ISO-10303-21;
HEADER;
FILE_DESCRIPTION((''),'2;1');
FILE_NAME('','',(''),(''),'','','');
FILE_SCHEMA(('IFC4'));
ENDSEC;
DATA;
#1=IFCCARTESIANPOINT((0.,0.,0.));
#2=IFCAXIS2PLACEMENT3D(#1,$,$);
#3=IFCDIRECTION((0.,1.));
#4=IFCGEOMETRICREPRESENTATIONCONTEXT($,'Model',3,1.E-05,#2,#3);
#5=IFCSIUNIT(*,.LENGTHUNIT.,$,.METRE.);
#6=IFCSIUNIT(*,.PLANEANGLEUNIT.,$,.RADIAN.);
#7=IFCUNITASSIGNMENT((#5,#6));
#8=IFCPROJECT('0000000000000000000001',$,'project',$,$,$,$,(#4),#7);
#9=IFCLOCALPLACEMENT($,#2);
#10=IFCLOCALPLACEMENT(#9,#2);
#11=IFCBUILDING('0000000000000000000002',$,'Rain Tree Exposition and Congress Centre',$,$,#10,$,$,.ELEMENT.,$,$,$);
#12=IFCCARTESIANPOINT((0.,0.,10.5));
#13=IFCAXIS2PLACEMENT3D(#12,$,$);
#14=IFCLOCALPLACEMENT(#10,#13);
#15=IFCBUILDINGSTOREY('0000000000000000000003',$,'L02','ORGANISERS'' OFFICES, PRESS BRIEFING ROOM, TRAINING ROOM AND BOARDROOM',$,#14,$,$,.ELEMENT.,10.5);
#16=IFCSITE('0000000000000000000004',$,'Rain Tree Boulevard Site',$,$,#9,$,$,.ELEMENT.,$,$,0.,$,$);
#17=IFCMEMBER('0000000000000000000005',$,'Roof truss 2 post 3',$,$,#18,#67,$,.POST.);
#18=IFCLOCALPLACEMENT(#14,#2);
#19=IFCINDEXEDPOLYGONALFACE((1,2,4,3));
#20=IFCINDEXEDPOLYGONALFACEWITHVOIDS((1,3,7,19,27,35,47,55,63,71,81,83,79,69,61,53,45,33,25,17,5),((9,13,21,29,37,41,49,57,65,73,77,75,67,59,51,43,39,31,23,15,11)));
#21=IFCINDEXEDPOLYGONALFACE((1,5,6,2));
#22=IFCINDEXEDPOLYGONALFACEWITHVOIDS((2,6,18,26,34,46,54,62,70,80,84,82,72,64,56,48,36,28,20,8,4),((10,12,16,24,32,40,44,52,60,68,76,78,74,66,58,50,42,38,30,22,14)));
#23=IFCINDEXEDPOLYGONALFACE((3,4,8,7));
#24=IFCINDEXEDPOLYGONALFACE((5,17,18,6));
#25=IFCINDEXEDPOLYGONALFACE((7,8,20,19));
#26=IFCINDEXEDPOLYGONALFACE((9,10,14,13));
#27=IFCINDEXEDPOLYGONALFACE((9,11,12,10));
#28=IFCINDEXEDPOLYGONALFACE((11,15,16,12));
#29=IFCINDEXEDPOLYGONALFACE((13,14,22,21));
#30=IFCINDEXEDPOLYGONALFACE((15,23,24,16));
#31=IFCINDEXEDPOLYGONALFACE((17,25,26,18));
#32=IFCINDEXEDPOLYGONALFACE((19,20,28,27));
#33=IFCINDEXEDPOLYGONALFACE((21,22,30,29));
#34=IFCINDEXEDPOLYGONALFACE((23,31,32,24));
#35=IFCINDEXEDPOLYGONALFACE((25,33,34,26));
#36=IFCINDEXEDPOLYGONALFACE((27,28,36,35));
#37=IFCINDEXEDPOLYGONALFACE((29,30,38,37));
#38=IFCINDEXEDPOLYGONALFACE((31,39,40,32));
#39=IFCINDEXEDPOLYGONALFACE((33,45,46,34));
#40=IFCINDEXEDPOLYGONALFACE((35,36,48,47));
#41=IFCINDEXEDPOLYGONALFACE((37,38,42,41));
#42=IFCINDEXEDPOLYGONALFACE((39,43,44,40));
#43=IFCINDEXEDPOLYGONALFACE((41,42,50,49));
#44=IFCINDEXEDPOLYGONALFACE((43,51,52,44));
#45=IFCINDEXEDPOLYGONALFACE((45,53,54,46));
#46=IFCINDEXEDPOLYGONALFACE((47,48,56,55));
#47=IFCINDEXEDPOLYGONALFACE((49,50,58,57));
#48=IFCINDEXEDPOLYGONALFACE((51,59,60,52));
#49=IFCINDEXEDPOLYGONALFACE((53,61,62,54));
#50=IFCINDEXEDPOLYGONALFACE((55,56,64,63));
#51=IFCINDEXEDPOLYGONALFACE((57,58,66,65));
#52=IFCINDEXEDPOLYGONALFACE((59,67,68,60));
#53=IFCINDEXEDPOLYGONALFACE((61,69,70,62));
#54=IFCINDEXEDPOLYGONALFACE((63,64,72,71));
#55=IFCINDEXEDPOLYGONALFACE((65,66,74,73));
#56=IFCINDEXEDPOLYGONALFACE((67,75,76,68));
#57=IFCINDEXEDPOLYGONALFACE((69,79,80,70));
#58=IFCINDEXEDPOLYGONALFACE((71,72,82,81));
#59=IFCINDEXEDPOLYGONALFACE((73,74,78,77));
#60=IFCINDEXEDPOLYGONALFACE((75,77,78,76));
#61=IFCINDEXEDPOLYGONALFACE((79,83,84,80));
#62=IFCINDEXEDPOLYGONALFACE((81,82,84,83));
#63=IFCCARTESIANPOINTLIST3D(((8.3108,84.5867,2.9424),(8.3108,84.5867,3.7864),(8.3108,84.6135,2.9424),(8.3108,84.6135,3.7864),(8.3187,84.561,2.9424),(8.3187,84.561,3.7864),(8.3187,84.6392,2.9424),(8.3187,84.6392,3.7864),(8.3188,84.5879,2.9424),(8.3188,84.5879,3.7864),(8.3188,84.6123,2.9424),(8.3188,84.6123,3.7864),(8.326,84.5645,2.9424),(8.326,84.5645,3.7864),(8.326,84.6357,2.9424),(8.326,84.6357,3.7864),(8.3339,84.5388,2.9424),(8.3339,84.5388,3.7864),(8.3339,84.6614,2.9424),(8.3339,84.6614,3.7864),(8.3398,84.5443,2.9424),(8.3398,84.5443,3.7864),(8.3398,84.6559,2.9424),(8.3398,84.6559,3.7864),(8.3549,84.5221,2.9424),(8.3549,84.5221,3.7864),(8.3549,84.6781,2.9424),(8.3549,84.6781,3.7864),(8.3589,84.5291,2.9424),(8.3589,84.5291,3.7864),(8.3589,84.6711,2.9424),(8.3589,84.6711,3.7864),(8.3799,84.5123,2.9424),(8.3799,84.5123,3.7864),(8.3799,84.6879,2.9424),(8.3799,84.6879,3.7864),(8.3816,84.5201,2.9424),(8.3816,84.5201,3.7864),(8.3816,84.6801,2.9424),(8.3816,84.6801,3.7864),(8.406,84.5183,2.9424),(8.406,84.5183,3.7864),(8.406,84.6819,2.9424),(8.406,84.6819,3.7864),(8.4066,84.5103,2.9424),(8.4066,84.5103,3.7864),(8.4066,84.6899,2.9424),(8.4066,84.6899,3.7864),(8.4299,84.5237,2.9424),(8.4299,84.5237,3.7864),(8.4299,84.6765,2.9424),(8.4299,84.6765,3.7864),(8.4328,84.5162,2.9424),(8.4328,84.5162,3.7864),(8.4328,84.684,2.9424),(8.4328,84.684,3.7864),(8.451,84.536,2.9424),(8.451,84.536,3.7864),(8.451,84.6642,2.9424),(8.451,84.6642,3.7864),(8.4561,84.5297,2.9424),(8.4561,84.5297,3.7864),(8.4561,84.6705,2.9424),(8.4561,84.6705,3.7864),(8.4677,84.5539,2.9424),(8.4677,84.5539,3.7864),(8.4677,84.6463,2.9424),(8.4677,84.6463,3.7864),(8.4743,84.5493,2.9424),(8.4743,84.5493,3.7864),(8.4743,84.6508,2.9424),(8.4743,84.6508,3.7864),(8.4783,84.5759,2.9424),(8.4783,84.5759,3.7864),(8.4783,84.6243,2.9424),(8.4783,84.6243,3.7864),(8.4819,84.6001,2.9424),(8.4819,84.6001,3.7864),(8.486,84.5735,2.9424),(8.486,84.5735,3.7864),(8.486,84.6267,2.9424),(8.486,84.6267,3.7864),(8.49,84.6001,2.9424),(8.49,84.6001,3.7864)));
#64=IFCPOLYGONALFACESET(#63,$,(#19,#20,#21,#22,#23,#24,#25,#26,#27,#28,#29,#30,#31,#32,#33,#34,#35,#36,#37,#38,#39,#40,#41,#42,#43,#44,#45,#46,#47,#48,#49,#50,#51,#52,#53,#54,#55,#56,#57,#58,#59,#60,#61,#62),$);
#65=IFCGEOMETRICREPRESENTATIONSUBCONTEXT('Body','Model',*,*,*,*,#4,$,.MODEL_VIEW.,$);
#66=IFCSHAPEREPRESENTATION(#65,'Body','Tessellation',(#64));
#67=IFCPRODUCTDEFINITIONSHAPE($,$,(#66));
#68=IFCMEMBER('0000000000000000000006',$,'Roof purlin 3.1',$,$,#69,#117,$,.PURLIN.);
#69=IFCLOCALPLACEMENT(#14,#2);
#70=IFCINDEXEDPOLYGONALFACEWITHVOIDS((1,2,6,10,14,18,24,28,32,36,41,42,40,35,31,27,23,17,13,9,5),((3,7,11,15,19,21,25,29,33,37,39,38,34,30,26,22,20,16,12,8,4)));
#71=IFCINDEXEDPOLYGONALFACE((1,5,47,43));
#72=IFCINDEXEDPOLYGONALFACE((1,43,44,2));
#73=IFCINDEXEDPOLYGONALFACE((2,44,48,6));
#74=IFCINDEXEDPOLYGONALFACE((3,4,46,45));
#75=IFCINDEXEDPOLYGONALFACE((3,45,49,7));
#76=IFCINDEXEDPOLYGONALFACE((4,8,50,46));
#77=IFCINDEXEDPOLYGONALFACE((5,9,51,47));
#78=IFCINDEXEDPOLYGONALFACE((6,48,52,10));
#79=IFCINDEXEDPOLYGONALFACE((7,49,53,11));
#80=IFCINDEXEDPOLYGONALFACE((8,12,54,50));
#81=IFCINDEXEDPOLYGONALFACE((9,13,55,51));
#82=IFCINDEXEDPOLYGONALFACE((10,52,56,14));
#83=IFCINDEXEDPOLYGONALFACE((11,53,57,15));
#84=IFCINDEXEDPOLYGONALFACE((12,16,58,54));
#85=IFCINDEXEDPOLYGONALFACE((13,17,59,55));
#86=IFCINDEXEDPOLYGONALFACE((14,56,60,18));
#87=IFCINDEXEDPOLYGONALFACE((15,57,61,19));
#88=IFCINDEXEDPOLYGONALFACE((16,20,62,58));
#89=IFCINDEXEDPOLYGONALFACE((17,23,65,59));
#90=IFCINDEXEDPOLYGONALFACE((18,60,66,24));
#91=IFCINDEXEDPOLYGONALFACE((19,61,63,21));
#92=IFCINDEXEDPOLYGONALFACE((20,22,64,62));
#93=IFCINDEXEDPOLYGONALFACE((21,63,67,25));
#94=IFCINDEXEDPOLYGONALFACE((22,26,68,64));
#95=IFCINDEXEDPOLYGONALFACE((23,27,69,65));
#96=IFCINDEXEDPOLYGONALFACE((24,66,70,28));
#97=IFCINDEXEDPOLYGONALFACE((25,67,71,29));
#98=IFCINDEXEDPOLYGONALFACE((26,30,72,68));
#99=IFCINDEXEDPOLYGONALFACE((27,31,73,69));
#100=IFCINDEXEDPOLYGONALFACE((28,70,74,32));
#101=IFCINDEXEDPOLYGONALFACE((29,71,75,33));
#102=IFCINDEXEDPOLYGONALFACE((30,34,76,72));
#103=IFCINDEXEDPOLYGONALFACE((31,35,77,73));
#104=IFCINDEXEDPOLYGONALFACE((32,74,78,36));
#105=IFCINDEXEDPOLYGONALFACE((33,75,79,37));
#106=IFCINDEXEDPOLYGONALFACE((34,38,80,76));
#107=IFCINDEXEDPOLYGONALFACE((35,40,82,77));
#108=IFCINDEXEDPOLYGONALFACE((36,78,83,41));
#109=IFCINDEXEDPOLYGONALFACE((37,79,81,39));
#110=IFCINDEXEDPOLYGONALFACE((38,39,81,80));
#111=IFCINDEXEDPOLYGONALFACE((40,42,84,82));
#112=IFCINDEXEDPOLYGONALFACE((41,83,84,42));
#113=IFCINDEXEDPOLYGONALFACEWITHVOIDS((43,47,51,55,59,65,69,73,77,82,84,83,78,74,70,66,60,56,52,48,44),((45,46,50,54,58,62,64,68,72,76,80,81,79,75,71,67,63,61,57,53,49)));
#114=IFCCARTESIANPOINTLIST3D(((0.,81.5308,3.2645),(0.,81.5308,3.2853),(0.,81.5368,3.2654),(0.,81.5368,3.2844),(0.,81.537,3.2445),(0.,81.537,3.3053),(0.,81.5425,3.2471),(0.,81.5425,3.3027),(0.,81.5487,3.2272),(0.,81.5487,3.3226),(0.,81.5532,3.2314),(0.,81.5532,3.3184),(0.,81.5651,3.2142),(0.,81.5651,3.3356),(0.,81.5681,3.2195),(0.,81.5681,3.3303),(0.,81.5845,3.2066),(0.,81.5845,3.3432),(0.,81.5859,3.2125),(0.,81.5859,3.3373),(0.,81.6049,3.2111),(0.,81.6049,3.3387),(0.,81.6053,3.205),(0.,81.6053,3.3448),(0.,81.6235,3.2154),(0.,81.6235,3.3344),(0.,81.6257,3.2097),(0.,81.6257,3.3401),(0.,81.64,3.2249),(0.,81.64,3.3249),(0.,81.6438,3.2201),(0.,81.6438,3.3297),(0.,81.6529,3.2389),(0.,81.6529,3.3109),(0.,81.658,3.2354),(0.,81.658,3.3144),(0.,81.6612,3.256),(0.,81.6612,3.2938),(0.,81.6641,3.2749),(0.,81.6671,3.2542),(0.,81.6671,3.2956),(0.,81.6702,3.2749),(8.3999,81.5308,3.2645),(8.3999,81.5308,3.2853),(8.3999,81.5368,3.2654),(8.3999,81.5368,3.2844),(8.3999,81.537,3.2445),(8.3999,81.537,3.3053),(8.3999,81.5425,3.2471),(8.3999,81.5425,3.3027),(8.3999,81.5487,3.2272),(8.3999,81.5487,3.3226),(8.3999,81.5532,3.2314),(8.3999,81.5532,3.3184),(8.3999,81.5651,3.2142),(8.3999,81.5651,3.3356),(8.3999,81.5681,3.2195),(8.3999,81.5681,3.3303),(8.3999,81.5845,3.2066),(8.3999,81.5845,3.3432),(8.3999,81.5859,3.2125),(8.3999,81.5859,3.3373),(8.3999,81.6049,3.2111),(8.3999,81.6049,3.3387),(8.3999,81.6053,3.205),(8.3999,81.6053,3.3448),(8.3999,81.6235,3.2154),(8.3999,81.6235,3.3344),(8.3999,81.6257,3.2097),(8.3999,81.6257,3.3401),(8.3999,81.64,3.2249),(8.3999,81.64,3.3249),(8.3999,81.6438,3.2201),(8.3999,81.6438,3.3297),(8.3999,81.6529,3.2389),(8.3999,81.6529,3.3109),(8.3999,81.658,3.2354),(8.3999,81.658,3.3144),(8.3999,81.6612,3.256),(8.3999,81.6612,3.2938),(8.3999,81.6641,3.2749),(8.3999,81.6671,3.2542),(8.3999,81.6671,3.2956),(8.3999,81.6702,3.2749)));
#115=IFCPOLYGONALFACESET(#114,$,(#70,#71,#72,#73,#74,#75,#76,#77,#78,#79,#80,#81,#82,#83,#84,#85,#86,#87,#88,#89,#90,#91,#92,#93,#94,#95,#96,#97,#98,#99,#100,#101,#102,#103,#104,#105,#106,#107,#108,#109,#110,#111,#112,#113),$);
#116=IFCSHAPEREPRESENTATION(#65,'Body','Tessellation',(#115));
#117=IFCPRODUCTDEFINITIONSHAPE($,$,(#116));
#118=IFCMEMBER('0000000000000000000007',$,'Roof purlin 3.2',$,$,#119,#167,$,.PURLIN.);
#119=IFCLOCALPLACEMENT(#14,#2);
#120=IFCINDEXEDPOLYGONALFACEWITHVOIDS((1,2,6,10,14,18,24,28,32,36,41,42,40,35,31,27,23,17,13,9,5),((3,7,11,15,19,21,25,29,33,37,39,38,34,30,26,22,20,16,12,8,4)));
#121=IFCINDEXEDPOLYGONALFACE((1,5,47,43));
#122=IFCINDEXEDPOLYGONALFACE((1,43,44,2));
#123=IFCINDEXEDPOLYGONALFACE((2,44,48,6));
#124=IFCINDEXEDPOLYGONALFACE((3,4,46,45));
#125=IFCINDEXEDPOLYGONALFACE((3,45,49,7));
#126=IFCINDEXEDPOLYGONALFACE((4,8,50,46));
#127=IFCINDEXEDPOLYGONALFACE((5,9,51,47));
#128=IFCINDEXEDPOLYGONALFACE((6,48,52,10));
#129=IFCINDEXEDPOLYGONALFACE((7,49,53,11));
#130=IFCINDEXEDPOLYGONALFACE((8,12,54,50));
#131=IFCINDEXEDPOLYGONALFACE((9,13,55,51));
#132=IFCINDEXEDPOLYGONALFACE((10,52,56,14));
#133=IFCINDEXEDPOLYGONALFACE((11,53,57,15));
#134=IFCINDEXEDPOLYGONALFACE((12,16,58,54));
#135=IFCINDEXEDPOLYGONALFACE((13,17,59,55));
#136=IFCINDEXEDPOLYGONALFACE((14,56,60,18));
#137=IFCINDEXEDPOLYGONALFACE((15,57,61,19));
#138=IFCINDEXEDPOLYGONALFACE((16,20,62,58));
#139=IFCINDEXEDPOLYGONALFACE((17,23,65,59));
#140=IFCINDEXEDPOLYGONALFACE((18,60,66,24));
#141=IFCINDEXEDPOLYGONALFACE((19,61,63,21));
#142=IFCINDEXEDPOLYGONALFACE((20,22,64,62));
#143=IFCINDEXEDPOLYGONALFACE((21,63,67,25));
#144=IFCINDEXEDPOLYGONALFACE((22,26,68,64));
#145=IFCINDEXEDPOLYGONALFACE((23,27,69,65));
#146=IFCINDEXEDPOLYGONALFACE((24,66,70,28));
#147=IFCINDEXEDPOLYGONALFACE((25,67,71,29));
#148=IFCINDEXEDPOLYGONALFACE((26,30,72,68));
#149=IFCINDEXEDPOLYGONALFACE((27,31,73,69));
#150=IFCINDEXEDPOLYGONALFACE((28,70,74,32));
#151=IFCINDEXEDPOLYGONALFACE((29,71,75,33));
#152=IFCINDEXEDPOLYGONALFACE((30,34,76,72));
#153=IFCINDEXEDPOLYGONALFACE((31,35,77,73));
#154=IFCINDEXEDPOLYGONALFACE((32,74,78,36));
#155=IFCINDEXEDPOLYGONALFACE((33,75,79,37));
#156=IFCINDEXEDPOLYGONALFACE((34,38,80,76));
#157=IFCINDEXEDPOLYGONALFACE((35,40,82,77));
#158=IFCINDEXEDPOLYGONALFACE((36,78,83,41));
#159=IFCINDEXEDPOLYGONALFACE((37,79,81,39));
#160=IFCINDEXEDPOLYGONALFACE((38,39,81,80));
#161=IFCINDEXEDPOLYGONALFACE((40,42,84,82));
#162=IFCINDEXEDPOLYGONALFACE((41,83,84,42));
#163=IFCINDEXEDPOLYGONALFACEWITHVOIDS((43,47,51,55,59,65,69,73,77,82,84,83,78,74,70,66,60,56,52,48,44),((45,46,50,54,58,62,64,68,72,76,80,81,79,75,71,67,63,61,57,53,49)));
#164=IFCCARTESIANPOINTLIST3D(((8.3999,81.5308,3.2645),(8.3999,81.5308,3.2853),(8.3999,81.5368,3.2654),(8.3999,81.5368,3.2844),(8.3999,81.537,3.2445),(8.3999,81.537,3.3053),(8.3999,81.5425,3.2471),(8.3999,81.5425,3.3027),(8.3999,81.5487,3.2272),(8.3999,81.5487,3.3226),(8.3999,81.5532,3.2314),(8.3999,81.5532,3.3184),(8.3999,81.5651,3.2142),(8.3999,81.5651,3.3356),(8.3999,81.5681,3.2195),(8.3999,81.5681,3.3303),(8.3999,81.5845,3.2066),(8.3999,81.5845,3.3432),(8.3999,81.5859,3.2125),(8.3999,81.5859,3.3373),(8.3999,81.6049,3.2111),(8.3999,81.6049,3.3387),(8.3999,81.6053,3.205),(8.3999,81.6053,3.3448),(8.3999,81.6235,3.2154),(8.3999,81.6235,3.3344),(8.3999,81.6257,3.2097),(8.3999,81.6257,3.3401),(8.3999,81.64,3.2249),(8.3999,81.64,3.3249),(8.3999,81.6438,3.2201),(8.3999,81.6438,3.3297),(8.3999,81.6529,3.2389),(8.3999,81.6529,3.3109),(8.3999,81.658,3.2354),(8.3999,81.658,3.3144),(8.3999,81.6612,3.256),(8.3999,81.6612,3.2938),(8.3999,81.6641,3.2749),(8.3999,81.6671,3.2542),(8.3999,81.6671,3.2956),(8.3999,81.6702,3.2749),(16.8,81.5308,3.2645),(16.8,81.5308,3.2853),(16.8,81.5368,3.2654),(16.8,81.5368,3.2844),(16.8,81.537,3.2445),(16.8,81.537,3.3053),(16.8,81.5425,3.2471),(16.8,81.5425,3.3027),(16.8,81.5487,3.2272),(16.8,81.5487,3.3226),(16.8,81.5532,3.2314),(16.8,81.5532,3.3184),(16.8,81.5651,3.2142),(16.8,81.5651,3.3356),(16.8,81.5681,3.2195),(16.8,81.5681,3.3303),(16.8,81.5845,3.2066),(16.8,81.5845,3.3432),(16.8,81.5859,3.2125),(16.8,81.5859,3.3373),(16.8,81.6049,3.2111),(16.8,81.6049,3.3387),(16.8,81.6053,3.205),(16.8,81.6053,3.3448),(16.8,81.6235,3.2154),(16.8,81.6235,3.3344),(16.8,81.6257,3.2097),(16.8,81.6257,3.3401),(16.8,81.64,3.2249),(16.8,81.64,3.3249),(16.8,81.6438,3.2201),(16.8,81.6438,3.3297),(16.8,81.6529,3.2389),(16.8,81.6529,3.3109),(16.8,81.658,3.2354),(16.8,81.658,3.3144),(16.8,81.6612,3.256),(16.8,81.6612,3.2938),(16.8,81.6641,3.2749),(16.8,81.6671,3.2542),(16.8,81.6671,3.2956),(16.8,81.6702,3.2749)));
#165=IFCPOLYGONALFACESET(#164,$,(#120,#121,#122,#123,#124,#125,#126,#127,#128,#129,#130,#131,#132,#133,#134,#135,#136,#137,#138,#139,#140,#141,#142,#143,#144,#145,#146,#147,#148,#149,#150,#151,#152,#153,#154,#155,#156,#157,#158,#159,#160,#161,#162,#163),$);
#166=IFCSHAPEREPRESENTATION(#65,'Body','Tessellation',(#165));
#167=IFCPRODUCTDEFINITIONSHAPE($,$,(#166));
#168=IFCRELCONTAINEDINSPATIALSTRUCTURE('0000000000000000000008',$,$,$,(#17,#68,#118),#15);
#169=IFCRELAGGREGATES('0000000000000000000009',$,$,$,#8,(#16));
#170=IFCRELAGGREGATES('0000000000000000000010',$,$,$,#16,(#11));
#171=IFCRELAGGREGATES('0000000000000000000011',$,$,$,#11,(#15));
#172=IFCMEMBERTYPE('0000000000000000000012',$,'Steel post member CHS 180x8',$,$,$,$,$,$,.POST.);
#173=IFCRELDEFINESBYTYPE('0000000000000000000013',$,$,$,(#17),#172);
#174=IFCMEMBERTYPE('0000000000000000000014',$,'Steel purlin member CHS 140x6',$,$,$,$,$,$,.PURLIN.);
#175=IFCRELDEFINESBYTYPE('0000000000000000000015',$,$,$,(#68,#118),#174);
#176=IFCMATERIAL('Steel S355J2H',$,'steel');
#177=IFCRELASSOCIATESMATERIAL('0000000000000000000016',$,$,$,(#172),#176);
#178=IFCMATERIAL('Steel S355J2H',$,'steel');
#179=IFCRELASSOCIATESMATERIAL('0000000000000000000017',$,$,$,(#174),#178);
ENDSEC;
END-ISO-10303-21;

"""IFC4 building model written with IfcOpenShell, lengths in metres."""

from ifc_helpers import new_model, si_unit, direction, frame, origin, origin_2d, place, context, subcontext, project, spatial, hollow_circle, extrude, material, material_profile, profile_set, type_object, element, save


model = new_model("IFC4")

# Units and contexts
model_context = context("Model", 3, precision=1e-05, world=origin(), true_north=direction((0.0, 1.0)))
body_context = subcontext(model_context, "Body", "Model", "MODEL_VIEW")
ifc_project = project(units=[si_unit("LENGTHUNIT", "METRE"), si_unit("PLANEANGLEUNIT", "RADIAN")], contexts=[model_context])

# Site, building, storey
site_placement = place(None, origin())
site = spatial("IfcSite", under=ifc_project, at=site_placement, Name="Rain Tree Boulevard Site", CompositionType="ELEMENT", RefElevation=0.0)
building_placement = place(site_placement, origin())
building = spatial("IfcBuilding", under=site, at=building_placement, Name="Rain Tree Exposition and Congress Centre", CompositionType="ELEMENT")
storey_placement = place(building_placement, frame((0.0, 0.0, 10.5)))
storey = spatial("IfcBuildingStorey", under=building, at=storey_placement, Name="L02", Description="ORGANISERS' OFFICES, PRESS BRIEFING ROOM, TRAINING ROOM AND BOARDROOM", CompositionType="ELEMENT", Elevation=10.5)

# Members
ifc_material_1 = material(Name="Steel S355J2H", Category="steel")
ifc_material_profile_1 = material_profile(ifc_material_1, hollow_circle(Radius=0.0901, WallThickness=0.0081, at=origin_2d()), Name="CHS 180x8")
ifc_profile_set_1 = profile_set([ifc_material_profile_1], Name="Steel S355J2H")
member_type_1 = type_object("IfcMemberType", Name="Steel post member CHS 180x8", PredefinedType="POST", material=ifc_profile_set_1)
member_1_placement = place(storey_placement, frame((8.3999, 84.6001, 2.9424), z_axis=(0.0, 0.0, 1.0), x_axis=(1.0, 0.0, 0.0)))
element("IfcMember", 1, at=member_1_placement, inside=storey, type_object=member_type_1, Name="Roof truss 2 post 3", PredefinedType="POST", context=body_context, shape_type="SweptSolid", body=[
    extrude(hollow_circle(Radius=0.0901, WallThickness=0.0081, at=origin_2d()), origin(), (0.0, 0.0, 1.0), 0.844),
])
ifc_material_2 = material(Name="Steel S355J2H", Category="steel")
ifc_material_profile_2 = material_profile(ifc_material_2, hollow_circle(Radius=0.0701, WallThickness=0.0061, at=origin_2d()), Name="CHS 140x6")
ifc_profile_set_2 = profile_set([ifc_material_profile_2], Name="Steel S355J2H")
member_type_2 = type_object("IfcMemberType", Name="Steel purlin member CHS 140x6", PredefinedType="PURLIN", material=ifc_profile_set_2)
member_2_placement = place(storey_placement, frame((0.0, 81.6001, 3.2749), z_axis=(1.0, 0.0, 0.0), x_axis=(0.0, 1.0, 0.0)))
element("IfcMember", 2, at=member_2_placement, inside=storey, type_object=member_type_2, Name="Roof purlin 3.1", PredefinedType="PURLIN", context=body_context, shape_type="SweptSolid", body=[
    extrude(hollow_circle(Radius=0.0701, WallThickness=0.0061, at=origin_2d()), origin(), (0.0, 0.0, 1.0), 8.3999),
])
member_3_placement = place(storey_placement, frame((8.3999, 81.6001, 3.2749), z_axis=(1.0, 0.0, 0.0), x_axis=(0.0, 1.0, 0.0)))
element("IfcMember", 3, at=member_3_placement, inside=storey, type_object=member_type_2, Name="Roof purlin 3.2", PredefinedType="PURLIN", context=body_context, shape_type="SweptSolid", body=[
    extrude(hollow_circle(Radius=0.0701, WallThickness=0.0061, at=origin_2d()), origin(), (0.0, 0.0, 1.0), 8.4001),
])

save(model, "model.ifc")
